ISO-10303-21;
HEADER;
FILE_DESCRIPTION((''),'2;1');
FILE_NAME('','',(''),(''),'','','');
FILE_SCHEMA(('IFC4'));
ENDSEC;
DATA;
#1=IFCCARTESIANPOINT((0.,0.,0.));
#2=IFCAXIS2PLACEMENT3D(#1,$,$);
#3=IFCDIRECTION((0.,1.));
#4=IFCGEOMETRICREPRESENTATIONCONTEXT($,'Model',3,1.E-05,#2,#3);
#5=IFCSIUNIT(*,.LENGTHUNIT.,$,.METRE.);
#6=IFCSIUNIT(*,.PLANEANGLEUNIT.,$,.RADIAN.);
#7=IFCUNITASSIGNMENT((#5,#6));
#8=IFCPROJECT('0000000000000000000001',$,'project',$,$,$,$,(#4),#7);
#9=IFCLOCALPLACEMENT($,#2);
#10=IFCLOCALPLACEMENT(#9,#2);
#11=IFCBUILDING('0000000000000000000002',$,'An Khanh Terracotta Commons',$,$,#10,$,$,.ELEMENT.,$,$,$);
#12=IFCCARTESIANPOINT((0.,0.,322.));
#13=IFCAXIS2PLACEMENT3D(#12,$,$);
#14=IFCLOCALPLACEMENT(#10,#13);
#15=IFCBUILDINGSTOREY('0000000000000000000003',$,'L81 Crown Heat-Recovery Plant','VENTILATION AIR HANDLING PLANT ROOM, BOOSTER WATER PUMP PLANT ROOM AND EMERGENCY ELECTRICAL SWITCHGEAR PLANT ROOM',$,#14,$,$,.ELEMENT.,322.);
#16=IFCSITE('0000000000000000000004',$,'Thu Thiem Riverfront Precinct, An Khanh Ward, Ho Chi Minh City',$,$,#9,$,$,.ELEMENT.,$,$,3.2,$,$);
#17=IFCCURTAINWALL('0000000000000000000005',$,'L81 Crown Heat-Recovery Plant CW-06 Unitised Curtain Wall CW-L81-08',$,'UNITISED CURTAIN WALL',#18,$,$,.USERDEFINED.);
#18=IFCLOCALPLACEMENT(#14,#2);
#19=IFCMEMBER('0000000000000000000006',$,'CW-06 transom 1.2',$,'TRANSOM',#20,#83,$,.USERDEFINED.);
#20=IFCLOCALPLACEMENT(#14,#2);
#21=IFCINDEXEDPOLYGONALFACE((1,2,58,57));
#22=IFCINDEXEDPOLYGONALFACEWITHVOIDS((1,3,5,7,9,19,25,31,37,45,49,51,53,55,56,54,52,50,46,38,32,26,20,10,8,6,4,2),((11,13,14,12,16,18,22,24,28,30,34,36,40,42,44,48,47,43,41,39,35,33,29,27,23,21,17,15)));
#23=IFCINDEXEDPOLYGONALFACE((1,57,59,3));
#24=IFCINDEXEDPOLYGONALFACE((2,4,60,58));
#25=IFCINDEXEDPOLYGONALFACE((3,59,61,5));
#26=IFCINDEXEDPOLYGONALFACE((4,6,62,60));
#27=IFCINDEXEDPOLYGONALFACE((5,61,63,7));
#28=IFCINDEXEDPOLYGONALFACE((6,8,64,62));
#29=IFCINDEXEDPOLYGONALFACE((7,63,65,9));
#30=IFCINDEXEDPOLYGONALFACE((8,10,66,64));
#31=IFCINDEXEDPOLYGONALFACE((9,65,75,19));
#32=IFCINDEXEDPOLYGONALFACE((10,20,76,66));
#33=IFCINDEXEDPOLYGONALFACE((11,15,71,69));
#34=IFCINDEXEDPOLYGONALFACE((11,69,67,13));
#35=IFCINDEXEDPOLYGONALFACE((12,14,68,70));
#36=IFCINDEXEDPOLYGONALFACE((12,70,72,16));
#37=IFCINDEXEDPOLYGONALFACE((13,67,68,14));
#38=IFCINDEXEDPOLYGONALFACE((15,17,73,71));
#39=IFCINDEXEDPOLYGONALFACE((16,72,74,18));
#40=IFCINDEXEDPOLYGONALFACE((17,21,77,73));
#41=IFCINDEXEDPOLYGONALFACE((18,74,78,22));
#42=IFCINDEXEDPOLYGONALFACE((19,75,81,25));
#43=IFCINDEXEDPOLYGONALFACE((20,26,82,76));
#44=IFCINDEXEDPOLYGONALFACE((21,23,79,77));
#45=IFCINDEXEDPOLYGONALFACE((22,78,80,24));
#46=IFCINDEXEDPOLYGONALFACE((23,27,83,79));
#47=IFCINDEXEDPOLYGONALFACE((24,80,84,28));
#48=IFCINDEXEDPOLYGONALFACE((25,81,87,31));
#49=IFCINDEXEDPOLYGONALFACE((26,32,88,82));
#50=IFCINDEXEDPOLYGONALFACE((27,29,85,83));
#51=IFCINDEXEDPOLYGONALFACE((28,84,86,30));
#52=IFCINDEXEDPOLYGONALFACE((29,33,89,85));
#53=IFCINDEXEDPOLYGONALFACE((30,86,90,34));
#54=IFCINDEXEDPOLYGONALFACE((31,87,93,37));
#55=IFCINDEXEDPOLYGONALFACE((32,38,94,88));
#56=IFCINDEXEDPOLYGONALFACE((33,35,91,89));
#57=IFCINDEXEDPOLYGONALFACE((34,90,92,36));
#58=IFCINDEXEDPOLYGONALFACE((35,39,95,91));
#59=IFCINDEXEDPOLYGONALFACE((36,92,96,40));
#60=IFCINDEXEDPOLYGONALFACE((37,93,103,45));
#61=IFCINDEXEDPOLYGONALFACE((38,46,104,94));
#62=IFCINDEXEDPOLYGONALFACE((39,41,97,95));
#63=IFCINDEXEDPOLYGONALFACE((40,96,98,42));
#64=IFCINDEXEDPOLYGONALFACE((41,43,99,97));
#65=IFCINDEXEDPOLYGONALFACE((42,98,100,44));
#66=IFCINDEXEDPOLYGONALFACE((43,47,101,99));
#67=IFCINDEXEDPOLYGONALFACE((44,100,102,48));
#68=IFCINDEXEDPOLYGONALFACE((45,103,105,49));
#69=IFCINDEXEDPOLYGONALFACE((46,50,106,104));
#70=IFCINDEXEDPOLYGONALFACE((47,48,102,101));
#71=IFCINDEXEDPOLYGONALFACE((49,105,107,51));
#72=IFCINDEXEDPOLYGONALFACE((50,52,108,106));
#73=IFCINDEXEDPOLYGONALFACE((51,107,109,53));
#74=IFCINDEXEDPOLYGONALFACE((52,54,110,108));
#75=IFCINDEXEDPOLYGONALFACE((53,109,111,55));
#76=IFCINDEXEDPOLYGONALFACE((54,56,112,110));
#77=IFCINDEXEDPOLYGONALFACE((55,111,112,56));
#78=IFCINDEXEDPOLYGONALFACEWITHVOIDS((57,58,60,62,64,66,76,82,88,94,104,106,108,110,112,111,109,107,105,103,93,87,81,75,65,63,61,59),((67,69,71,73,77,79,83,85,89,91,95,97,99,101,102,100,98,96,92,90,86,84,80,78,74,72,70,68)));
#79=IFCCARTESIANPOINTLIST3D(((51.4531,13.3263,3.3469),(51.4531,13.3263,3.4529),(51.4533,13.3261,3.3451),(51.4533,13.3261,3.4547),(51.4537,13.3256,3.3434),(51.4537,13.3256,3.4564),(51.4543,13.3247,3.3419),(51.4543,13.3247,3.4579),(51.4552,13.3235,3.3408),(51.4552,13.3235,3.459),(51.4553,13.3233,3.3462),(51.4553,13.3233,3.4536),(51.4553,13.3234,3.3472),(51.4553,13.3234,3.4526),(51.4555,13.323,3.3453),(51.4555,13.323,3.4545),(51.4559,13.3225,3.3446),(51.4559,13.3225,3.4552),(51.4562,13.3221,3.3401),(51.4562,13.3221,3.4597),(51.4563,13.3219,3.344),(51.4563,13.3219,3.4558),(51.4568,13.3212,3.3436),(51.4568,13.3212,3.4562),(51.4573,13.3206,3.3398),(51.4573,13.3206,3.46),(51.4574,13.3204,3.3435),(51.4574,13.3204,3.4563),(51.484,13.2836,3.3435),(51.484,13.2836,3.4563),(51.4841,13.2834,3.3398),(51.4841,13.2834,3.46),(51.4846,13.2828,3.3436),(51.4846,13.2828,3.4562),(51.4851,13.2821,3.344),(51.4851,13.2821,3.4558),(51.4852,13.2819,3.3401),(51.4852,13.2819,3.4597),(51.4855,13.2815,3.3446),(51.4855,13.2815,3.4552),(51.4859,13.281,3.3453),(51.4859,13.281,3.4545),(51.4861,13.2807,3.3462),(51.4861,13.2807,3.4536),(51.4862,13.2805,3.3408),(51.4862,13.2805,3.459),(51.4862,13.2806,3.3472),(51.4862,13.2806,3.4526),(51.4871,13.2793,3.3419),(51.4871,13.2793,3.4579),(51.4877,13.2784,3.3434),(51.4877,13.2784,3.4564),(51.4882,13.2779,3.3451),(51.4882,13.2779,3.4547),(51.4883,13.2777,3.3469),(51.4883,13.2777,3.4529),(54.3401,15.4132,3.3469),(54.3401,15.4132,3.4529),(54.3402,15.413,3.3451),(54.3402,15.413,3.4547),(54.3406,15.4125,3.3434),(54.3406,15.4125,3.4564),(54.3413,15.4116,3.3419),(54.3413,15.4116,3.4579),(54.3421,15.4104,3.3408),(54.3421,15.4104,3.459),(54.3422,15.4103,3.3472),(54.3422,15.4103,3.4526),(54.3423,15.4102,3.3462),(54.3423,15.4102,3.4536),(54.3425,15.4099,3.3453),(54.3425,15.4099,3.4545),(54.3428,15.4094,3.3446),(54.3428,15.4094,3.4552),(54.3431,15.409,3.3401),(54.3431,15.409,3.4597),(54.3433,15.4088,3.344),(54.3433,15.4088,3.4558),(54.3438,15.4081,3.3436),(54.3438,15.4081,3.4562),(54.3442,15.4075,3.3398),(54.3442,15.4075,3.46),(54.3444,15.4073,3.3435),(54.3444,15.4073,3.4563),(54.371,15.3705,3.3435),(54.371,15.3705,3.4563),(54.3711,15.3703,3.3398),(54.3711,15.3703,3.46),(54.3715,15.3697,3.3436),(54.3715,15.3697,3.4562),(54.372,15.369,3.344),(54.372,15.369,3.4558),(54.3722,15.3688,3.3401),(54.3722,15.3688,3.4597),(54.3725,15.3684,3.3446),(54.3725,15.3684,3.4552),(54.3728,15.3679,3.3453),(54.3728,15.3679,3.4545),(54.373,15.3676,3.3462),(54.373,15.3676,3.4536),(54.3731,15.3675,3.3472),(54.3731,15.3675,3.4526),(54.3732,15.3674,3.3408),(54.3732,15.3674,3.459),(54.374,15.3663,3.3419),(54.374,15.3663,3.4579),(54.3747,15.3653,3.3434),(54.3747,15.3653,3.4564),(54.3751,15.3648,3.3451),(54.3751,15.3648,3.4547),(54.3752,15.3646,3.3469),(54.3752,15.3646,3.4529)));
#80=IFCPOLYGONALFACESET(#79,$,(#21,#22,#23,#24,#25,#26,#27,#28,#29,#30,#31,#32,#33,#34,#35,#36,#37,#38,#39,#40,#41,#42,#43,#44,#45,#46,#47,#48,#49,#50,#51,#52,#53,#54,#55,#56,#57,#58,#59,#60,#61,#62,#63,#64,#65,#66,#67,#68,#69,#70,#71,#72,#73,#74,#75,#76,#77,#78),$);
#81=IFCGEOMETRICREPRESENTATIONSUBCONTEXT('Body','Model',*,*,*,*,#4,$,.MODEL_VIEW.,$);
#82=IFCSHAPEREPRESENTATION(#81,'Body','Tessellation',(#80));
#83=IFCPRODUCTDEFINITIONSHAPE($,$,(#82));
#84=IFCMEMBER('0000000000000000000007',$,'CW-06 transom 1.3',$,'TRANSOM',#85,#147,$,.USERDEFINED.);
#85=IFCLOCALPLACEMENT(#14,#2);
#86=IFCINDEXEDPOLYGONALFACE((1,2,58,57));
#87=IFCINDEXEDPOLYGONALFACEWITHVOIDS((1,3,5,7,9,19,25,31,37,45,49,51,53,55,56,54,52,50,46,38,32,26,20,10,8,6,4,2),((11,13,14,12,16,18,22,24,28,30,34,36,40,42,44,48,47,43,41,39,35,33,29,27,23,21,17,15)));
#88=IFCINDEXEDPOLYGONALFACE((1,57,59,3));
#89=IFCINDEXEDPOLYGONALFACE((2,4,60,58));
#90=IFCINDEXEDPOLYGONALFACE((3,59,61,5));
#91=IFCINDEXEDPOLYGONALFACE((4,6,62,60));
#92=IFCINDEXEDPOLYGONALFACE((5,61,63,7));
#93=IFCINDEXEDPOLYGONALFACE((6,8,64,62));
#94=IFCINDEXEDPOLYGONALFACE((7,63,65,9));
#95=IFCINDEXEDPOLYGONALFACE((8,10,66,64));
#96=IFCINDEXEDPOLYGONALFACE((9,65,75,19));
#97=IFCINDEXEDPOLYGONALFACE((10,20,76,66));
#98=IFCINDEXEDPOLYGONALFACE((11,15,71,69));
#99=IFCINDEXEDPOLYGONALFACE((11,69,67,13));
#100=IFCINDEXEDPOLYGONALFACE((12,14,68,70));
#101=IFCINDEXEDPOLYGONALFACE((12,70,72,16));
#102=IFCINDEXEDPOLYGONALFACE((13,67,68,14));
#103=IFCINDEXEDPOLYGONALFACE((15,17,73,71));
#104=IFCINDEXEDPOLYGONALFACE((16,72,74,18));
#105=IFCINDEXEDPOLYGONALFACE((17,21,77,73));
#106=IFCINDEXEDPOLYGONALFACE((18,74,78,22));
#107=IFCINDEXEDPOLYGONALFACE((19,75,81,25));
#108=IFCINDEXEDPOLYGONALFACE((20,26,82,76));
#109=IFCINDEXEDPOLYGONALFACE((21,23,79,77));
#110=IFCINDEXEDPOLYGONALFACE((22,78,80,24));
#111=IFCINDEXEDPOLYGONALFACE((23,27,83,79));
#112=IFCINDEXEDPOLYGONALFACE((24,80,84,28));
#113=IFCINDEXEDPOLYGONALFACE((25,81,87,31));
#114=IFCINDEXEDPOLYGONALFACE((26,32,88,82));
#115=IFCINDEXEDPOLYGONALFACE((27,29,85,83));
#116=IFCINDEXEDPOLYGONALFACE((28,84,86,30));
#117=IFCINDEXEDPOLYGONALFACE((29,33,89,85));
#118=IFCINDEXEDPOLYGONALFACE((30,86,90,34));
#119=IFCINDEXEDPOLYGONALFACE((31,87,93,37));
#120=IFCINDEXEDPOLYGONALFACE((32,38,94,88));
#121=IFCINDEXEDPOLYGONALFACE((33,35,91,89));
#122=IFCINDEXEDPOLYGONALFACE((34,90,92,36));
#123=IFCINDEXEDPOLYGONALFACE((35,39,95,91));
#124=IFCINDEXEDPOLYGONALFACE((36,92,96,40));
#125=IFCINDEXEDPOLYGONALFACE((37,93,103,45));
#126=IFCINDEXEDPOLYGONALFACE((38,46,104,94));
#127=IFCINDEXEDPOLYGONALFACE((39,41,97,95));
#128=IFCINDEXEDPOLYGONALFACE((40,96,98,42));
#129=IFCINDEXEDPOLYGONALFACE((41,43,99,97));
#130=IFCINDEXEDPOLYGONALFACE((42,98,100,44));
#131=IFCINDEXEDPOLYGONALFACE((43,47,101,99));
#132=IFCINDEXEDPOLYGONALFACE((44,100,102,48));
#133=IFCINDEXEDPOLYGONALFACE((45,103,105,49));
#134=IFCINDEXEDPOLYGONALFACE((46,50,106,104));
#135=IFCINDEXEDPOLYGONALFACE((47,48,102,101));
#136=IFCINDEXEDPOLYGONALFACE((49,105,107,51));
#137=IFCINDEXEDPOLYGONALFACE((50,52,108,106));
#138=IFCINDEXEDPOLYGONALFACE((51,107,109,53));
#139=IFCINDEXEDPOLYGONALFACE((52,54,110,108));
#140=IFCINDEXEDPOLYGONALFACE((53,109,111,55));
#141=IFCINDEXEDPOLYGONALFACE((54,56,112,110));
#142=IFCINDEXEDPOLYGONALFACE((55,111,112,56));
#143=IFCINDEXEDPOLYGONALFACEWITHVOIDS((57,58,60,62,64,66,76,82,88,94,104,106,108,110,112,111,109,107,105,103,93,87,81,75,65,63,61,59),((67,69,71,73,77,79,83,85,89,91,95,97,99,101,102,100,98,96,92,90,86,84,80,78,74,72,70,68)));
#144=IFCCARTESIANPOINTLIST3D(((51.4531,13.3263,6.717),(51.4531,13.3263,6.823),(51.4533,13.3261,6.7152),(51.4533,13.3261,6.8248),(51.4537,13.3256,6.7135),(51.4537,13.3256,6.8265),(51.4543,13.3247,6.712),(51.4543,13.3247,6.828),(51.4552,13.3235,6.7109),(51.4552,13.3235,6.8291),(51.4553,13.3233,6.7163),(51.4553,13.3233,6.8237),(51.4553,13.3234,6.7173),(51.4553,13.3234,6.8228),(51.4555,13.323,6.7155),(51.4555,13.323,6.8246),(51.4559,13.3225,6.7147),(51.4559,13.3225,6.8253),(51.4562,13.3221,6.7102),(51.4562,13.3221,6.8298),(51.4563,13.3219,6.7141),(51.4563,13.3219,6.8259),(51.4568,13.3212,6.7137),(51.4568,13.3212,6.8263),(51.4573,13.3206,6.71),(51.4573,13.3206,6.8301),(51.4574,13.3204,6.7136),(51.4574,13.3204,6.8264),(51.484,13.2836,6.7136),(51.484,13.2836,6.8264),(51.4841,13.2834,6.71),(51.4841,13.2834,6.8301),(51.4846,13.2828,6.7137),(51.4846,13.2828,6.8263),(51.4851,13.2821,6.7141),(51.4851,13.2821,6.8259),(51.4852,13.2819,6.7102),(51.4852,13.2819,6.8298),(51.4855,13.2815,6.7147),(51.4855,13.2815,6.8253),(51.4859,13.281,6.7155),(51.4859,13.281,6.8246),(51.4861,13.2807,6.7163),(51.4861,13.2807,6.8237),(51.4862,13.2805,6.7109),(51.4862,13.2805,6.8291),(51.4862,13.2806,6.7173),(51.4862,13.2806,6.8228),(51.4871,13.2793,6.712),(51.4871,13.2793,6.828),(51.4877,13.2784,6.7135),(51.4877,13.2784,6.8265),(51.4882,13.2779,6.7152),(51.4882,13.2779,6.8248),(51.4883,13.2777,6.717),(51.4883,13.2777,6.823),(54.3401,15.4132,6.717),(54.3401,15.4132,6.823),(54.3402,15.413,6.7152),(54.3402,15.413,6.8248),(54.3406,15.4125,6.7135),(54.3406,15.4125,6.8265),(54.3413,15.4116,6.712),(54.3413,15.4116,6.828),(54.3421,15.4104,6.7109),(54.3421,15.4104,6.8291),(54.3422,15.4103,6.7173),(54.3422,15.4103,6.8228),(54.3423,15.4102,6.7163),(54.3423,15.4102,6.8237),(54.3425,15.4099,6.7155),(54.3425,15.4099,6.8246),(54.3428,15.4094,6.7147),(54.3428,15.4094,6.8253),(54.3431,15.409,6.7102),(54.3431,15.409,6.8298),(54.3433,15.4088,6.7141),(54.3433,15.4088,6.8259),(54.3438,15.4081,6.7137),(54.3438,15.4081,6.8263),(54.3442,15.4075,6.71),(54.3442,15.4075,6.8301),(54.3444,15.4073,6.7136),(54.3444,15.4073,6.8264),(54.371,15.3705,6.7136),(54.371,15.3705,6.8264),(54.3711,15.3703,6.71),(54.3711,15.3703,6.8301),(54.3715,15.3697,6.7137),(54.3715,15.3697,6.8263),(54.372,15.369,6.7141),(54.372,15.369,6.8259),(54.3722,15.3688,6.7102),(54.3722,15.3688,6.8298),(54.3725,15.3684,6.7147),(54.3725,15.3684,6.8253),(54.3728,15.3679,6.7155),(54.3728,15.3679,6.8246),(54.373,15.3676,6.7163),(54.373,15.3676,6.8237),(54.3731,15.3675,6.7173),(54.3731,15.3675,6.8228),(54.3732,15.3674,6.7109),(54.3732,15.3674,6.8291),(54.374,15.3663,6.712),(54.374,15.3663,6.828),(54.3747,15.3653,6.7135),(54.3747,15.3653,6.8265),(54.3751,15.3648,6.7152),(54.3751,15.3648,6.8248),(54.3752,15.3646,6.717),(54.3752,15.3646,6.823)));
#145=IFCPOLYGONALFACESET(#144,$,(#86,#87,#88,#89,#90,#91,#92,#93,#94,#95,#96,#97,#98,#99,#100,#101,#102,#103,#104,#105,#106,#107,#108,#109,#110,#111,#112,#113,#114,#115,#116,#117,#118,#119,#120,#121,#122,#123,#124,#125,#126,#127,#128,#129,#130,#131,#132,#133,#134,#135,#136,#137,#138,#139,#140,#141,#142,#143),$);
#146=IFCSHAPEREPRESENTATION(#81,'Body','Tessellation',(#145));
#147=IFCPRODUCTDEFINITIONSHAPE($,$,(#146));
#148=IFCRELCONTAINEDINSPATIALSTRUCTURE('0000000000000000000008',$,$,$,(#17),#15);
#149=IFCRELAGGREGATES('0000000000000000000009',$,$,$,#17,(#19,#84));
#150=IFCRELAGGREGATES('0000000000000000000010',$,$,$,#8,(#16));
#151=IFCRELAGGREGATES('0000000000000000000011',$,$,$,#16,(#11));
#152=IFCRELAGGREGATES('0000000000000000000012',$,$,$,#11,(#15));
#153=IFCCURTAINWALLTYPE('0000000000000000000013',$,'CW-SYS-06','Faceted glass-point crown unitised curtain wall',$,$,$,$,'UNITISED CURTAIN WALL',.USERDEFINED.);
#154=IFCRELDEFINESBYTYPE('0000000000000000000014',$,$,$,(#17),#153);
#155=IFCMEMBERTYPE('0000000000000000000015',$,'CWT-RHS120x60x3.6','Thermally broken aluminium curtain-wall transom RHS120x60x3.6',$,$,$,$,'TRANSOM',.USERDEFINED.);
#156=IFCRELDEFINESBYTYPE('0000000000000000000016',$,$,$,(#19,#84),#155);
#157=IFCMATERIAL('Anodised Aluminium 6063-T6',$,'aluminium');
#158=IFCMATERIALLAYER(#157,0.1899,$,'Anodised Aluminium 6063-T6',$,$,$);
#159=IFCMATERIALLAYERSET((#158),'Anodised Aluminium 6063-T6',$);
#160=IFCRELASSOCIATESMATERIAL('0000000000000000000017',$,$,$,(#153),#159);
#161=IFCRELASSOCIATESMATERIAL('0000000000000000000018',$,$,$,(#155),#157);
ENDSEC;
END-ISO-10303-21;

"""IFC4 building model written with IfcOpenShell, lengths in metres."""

from ifc_helpers import new_model, si_unit, direction, frame, origin, origin_2d, place, context, subcontext, project, spatial, hollow_rectangle, extrude, material, layer, layer_set, material_profile, profile_set, type_object, element, aggregate, save


model = new_model("IFC4")

# Units and contexts
model_context = context("Model", 3, precision=1e-05, world=origin(), true_north=direction((0.0, 1.0)))
body_context = subcontext(model_context, "Body", "Model", "MODEL_VIEW")
ifc_project = project(units=[si_unit("LENGTHUNIT", "METRE"), si_unit("PLANEANGLEUNIT", "RADIAN")], contexts=[model_context])

# Site, building, storey
site_placement = place(None, origin())
site = spatial("IfcSite", under=ifc_project, at=site_placement, Name="Thu Thiem Riverfront Precinct, An Khanh Ward, Ho Chi Minh City", CompositionType="ELEMENT", RefElevation=3.2)
building_placement = place(site_placement, origin())
building = spatial("IfcBuilding", under=site, at=building_placement, Name="An Khanh Terracotta Commons", CompositionType="ELEMENT")
storey_placement = place(building_placement, frame((0.0, 0.0, 322.0)))
storey = spatial("IfcBuildingStorey", under=building, at=storey_placement, Name="L81 Crown Heat-Recovery Plant", Description="VENTILATION AIR HANDLING PLANT ROOM, BOOSTER WATER PUMP PLANT ROOM AND EMERGENCY ELECTRICAL SWITCHGEAR PLANT ROOM", CompositionType="ELEMENT", Elevation=322.0)

# Shared definitions
ifc_material_1 = material(Name="Anodised Aluminium 6063-T6", Category="aluminium")
ifc_layer_1 = layer(ifc_material_1, 0.1899, Name="Anodised Aluminium 6063-T6")
ifc_layer_set_1 = layer_set([ifc_layer_1], Name="Anodised Aluminium 6063-T6")
curtain_wall_type = type_object("IfcCurtainWallType", Name="CW-SYS-06", Description="Faceted glass-point crown unitised curtain wall", ElementType="UNITISED CURTAIN WALL", PredefinedType="USERDEFINED", material=ifc_layer_set_1)

# Curtain wall
curtain_wall_1_placement = place(storey_placement, origin())
curtain_wall_1 = element("IfcCurtainWall", 1, at=curtain_wall_1_placement, inside=storey, type_object=curtain_wall_type, Name="L81 Crown Heat-Recovery Plant CW-06 Unitised Curtain Wall CW-L81-08", ObjectType="UNITISED CURTAIN WALL", PredefinedType="USERDEFINED")

# Members
ifc_material_profile_1 = material_profile(ifc_material_1, hollow_rectangle(XDim=0.0601, YDim=0.1201, WallThickness=0.0037, InnerFilletRadius=0.0037, OuterFilletRadius=0.0071, at=origin_2d()), Name="RHS120x60x3.6")
ifc_profile_set_1 = profile_set([ifc_material_profile_1], Name="Anodised Aluminium 6063-T6")
member_type_1 = type_object("IfcMemberType", Name="CWT-RHS120x60x3.6", Description="Thermally broken aluminium curtain-wall transom RHS120x60x3.6", ElementType="TRANSOM", PredefinedType="USERDEFINED", material=ifc_profile_set_1)
member_1_placement = place(storey_placement, frame((51.4707, 13.302, 3.3999), z_axis=(0.810428, 0.585838, 0.0), x_axis=(-0.585838, 0.810428, 0.0)))
member_1 = element("IfcMember", 2, at=member_1_placement, type_object=member_type_1, Name="CW-06 transom 1.2", ObjectType="TRANSOM", PredefinedType="USERDEFINED", context=body_context, shape_type="SweptSolid", body=[
    extrude(hollow_rectangle(XDim=0.0601, YDim=0.1201, WallThickness=0.0037, InnerFilletRadius=0.0037, OuterFilletRadius=0.0071, at=origin_2d()), origin(), (0.0, 0.0, 1.0), 3.5623),
])
member_2_placement = place(storey_placement, frame((51.4707, 13.302, 6.77), z_axis=(0.810428, 0.585838, 0.0), x_axis=(-0.585838, 0.810428, 0.0)))
member_2 = element("IfcMember", 3, at=member_2_placement, type_object=member_type_1, Name="CW-06 transom 1.3", ObjectType="TRANSOM", PredefinedType="USERDEFINED", context=body_context, shape_type="SweptSolid", body=[
    extrude(hollow_rectangle(XDim=0.0601, YDim=0.1201, WallThickness=0.0037, InnerFilletRadius=0.0037, OuterFilletRadius=0.0071, at=origin_2d()), origin(), (0.0, 0.0, 1.0), 3.5623),
])

aggregate(curtain_wall_1, [member_1, member_2])

save(model, "model.ifc")
